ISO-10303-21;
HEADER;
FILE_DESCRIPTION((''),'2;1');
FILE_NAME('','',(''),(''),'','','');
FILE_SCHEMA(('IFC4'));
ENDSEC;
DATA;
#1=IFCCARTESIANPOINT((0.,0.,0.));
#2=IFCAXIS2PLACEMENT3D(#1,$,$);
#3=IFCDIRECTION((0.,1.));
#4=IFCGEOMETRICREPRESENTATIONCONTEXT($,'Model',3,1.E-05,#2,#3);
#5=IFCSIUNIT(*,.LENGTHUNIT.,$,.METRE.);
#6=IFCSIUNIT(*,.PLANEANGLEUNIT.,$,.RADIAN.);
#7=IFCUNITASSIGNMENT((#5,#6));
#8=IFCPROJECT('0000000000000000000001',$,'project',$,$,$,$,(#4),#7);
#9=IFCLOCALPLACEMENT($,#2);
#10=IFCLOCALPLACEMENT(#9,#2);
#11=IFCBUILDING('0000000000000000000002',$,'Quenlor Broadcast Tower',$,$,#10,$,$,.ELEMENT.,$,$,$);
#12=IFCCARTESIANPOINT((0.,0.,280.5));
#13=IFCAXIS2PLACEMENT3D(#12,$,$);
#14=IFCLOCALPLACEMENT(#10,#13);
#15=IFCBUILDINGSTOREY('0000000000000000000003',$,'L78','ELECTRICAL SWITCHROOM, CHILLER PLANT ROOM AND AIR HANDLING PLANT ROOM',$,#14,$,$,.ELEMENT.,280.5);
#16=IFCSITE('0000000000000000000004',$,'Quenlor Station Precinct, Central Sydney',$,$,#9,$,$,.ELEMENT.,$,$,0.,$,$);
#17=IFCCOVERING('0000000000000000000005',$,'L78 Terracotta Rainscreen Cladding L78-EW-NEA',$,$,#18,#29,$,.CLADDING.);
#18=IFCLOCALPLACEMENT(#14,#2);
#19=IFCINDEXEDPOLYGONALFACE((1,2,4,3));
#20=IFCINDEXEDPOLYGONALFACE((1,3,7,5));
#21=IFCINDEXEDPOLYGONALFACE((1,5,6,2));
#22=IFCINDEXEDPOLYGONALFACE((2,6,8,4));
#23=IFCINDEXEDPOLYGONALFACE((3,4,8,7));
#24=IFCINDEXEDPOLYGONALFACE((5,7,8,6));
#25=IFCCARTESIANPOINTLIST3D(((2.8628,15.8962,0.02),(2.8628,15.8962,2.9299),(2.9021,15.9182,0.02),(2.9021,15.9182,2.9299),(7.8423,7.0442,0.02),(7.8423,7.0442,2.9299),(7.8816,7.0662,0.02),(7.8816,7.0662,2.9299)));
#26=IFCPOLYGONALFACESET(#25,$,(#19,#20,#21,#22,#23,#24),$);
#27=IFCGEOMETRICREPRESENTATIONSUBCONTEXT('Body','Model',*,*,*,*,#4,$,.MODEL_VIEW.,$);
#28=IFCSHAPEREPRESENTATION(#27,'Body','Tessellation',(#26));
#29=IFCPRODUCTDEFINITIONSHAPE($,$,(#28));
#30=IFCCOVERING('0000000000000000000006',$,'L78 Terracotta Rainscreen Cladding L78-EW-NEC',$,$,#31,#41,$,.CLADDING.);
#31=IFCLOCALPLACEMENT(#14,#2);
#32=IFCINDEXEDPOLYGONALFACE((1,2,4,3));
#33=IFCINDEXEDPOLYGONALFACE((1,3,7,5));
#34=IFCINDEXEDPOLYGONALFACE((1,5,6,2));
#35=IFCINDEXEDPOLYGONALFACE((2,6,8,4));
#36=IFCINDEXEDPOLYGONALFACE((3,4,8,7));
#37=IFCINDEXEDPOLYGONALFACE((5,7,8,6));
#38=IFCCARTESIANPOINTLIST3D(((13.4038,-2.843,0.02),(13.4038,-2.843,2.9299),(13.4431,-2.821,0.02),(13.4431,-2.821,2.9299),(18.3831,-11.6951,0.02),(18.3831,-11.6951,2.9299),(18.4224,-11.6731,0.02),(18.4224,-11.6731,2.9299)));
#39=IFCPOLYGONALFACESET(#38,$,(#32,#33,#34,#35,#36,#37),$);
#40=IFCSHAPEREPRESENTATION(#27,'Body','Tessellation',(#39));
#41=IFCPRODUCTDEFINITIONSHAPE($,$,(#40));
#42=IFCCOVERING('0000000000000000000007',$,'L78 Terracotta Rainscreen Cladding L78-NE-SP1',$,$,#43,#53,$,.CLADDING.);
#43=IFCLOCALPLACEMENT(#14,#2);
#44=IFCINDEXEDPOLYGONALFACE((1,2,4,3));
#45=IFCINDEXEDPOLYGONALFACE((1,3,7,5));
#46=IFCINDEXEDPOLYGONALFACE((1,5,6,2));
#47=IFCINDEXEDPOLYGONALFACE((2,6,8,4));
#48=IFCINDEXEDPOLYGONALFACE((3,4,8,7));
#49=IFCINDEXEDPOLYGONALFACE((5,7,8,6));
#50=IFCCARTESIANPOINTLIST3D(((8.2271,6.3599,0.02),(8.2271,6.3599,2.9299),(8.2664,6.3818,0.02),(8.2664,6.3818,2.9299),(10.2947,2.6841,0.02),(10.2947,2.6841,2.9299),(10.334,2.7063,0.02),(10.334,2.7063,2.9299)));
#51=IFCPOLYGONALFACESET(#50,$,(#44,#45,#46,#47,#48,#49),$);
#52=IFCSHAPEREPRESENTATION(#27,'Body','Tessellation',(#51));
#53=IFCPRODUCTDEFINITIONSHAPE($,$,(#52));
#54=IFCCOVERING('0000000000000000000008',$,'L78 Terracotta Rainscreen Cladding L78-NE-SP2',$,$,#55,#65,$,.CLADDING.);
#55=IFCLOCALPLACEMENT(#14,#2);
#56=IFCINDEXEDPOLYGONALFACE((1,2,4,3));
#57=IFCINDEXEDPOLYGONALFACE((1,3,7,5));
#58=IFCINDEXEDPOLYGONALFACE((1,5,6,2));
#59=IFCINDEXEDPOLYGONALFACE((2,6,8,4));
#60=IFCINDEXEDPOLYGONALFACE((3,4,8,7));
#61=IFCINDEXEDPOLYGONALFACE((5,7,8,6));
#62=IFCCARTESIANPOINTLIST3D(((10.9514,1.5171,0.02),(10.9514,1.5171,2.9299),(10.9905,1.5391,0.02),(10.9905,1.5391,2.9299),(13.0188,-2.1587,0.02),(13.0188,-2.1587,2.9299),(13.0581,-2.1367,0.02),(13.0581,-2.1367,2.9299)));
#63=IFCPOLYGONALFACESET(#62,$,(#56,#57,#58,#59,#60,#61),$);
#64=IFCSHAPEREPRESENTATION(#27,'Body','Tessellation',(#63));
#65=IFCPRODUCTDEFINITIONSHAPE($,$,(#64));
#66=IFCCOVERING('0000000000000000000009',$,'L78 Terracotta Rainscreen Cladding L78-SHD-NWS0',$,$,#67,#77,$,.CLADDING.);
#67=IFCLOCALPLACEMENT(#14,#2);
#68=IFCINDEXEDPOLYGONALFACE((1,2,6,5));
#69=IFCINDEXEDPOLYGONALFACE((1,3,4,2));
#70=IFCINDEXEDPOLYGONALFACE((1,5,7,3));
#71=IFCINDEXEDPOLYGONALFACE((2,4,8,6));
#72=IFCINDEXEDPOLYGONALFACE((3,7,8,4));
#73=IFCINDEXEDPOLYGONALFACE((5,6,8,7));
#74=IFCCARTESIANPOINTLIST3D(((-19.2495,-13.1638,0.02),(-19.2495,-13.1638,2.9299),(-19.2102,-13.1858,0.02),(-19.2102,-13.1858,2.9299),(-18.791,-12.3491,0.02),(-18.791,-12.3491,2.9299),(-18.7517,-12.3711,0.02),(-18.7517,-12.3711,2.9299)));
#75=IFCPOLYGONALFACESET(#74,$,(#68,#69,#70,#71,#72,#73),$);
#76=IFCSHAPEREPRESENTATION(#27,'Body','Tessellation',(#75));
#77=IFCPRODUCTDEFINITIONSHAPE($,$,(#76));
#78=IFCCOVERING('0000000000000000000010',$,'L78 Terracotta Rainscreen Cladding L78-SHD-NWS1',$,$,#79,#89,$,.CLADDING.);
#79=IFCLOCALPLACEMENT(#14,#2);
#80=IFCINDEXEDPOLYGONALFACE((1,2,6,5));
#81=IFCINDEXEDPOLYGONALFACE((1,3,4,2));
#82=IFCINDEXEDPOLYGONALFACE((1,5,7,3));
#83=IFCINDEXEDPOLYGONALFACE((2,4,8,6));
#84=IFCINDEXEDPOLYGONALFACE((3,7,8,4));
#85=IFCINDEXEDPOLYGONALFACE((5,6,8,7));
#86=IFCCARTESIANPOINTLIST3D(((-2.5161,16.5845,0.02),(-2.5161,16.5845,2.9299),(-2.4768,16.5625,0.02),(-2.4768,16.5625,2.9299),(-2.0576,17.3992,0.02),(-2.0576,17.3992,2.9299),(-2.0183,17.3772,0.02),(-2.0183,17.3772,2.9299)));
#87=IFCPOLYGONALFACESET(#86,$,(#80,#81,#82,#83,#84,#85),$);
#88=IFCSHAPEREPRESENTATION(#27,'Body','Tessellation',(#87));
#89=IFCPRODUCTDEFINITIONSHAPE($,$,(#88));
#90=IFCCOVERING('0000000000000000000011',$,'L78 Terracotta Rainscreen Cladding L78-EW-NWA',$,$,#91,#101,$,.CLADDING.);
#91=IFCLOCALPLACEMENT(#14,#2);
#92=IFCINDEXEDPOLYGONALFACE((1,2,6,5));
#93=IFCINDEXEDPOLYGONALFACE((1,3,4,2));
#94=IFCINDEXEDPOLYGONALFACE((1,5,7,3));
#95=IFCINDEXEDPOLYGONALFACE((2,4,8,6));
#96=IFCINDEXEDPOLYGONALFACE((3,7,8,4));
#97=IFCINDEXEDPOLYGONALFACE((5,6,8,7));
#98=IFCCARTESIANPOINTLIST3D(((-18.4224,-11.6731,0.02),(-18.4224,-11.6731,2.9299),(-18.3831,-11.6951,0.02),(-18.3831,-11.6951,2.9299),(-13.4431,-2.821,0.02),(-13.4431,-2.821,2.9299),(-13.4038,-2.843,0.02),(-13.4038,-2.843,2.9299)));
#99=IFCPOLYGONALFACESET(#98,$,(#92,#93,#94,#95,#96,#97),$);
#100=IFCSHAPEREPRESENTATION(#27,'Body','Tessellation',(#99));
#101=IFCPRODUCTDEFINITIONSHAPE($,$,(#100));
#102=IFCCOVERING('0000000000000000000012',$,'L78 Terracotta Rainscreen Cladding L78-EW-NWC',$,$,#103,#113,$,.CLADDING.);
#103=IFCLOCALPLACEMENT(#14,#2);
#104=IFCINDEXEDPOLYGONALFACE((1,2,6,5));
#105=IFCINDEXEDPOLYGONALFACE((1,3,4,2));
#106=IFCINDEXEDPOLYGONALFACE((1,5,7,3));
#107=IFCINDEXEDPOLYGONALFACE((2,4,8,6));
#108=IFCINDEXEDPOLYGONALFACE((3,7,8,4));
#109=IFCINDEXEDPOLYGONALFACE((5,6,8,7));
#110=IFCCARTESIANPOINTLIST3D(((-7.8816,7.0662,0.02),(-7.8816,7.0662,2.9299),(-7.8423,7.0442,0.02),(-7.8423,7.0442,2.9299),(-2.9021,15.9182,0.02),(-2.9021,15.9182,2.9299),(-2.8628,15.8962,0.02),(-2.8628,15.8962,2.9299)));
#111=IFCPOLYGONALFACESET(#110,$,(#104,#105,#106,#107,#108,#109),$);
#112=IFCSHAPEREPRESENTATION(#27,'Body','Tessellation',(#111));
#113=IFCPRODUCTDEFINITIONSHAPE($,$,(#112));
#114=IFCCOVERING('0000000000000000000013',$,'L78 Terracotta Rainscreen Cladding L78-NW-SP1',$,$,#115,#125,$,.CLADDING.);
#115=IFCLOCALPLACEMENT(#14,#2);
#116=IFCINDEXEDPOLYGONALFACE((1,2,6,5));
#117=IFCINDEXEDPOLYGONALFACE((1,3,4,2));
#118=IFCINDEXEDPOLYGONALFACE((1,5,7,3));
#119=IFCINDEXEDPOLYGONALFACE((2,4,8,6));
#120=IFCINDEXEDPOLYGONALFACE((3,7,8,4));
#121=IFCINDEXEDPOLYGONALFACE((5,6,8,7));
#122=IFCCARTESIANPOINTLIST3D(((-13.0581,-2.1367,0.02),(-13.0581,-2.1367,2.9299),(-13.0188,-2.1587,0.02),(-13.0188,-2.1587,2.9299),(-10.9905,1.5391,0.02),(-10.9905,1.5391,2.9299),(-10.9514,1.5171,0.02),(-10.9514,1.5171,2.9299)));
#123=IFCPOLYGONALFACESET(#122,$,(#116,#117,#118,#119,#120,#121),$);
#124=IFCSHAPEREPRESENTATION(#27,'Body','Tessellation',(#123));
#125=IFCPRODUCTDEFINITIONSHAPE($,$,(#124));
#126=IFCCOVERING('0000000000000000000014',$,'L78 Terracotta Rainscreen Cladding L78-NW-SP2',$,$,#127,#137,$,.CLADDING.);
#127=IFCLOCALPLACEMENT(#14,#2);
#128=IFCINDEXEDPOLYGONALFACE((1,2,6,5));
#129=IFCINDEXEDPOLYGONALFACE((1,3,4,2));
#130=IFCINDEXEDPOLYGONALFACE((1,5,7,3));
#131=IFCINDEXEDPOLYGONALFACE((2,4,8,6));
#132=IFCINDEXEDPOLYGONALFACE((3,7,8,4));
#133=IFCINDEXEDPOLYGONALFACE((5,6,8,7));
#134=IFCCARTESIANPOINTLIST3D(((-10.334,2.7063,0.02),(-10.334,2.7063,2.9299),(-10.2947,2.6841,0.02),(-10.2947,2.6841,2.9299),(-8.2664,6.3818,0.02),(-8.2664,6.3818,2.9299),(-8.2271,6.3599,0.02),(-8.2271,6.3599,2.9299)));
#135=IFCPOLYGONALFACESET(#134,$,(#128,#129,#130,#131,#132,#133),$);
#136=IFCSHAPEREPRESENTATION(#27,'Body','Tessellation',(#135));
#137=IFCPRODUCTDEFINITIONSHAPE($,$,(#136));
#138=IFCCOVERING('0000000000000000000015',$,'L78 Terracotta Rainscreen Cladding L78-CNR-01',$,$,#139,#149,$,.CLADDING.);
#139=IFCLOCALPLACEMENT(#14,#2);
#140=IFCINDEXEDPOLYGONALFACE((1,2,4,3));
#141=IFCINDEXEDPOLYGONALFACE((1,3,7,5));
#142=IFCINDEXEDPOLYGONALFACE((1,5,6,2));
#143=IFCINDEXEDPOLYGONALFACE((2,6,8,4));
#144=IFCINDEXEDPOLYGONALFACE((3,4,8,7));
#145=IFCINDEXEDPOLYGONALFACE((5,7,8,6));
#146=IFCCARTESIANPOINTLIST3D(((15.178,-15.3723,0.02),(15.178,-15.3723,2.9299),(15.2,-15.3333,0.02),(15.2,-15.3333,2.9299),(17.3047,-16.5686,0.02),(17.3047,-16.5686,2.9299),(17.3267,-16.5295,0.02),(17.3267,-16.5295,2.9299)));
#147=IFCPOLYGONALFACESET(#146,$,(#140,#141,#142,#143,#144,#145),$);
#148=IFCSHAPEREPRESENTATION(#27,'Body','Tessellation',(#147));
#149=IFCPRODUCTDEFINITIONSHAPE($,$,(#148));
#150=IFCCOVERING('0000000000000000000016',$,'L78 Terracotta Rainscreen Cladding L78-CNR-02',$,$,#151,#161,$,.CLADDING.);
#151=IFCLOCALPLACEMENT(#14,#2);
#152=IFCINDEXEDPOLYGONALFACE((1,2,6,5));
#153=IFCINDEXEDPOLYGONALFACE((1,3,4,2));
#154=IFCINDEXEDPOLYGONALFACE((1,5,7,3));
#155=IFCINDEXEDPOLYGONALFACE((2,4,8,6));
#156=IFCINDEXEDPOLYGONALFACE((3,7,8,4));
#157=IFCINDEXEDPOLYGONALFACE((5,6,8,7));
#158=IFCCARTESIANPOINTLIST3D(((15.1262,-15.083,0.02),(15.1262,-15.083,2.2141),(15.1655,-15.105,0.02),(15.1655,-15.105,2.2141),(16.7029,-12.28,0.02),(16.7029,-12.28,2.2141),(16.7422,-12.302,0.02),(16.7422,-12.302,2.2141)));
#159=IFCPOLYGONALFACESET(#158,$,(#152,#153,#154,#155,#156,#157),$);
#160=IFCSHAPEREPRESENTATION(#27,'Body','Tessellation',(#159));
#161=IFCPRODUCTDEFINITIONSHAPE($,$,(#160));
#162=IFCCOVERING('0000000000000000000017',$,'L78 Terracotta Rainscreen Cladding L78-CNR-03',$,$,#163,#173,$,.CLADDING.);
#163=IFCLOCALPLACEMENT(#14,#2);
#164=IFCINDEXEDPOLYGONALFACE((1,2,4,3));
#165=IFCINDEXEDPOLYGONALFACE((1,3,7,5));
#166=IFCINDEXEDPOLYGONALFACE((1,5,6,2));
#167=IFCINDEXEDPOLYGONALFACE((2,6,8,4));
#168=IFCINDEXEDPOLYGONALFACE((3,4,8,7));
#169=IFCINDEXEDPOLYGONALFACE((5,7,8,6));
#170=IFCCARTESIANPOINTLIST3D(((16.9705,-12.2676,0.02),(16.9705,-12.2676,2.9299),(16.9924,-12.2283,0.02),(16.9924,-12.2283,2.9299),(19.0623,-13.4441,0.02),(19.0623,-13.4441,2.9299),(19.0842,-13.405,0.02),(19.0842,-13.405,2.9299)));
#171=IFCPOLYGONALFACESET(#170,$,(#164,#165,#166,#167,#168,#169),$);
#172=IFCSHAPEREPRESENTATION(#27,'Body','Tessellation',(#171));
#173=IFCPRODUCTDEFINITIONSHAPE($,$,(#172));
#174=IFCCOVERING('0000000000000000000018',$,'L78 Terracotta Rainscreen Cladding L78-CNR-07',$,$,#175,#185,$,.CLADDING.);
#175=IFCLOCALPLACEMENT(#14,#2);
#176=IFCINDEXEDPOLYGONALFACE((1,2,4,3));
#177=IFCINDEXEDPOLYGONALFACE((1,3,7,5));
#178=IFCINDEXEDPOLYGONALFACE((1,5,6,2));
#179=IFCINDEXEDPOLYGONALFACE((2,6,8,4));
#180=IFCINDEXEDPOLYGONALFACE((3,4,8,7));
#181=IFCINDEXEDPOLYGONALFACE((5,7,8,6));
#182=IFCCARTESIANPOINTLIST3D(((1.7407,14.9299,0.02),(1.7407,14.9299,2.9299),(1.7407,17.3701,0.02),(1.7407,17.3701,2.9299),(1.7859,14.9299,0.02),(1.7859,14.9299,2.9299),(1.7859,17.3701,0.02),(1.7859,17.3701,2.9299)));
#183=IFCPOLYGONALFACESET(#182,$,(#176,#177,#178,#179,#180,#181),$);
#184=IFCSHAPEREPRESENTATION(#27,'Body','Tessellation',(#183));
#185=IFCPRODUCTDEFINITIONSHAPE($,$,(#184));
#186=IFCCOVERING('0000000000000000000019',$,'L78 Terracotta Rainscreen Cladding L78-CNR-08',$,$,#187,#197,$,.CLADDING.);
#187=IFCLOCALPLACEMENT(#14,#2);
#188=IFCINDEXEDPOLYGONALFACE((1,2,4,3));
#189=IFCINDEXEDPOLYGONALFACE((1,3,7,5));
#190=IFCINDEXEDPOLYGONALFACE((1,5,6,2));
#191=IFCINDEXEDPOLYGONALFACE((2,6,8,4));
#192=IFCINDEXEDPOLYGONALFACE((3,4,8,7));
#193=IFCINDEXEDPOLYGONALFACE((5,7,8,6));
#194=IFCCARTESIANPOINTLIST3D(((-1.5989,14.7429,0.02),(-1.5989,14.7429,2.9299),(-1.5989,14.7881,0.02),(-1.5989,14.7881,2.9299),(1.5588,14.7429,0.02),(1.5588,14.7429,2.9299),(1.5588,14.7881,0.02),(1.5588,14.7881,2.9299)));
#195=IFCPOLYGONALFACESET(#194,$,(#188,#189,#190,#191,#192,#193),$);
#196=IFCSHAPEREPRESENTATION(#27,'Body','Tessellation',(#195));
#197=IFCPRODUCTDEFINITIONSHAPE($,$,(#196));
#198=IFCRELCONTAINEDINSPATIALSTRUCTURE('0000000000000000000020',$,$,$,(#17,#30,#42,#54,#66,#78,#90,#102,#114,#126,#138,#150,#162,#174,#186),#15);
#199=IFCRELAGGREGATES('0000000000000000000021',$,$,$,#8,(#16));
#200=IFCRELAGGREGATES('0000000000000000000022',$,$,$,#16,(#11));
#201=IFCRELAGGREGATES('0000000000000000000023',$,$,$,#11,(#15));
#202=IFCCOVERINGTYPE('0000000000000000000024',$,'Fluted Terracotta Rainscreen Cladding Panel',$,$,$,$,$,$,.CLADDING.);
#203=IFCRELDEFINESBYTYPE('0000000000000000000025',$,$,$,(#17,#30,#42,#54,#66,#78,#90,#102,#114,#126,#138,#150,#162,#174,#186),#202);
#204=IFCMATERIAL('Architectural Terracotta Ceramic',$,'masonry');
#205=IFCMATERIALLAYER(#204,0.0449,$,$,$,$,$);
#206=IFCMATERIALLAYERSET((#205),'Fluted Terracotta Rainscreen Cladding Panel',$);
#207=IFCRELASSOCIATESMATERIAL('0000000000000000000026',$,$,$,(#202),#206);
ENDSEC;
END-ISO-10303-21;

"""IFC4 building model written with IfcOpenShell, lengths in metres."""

from ifc_helpers import new_model, si_unit, direction, frame, origin, place, context, subcontext, project, spatial, polyline, outline, extrude, material, layer, layer_set, type_object, element, save


model = new_model("IFC4")

# Units and contexts
model_context = context("Model", 3, precision=1e-05, world=origin(), true_north=direction((0.0, 1.0)))
body_context = subcontext(model_context, "Body", "Model", "MODEL_VIEW")
ifc_project = project(units=[si_unit("LENGTHUNIT", "METRE"), si_unit("PLANEANGLEUNIT", "RADIAN")], contexts=[model_context])

# Site, building, storey
site_placement = place(None, origin())
site = spatial("IfcSite", under=ifc_project, at=site_placement, Name="Quenlor Station Precinct, Central Sydney", CompositionType="ELEMENT", RefElevation=0.0)
building_placement = place(site_placement, origin())
building = spatial("IfcBuilding", under=site, at=building_placement, Name="Quenlor Broadcast Tower", CompositionType="ELEMENT")
storey_placement = place(building_placement, frame((0.0, 0.0, 280.5)))
storey = spatial("IfcBuildingStorey", under=building, at=storey_placement, Name="L78", Description="ELECTRICAL SWITCHROOM, CHILLER PLANT ROOM AND AIR HANDLING PLANT ROOM", CompositionType="ELEMENT", Elevation=280.5)

# Coverings
ifc_material = material(Name="Architectural Terracotta Ceramic", Category="masonry")
ifc_layer = layer(ifc_material, 0.0449)
ifc_layer_set = layer_set([ifc_layer], Name="Fluted Terracotta Rainscreen Cladding Panel")
covering_type = type_object("IfcCoveringType", Name="Fluted Terracotta Rainscreen Cladding Panel", PredefinedType="CLADDING", material=ifc_layer_set)
covering_1_placement = place(storey_placement, frame((0.0, 0.0, 0.02)))
element("IfcCovering", 1, at=covering_1_placement, inside=storey, type_object=covering_type, Name="L78 Terracotta Rainscreen Cladding L78-EW-NEA", PredefinedType="CLADDING", context=body_context, shape_type="SweptSolid", body=[
    extrude(outline(polyline([(2.8628, 15.8962), (7.8423, 7.0442), (7.8816, 7.0662), (2.9021, 15.9182), (2.8628, 15.8962)])), origin(), (0.0, 0.0, 1.0), 2.9099),
])
covering_2_placement = place(storey_placement, frame((0.0, 0.0, 0.02)))
element("IfcCovering", 2, at=covering_2_placement, inside=storey, type_object=covering_type, Name="L78 Terracotta Rainscreen Cladding L78-EW-NEC", PredefinedType="CLADDING", context=body_context, shape_type="SweptSolid", body=[
    extrude(outline(polyline([(13.4038, -2.843), (18.3831, -11.6951), (18.4224, -11.6731), (13.4431, -2.821), (13.4038, -2.843)])), origin(), (0.0, 0.0, 1.0), 2.9099),
])
covering_3_placement = place(storey_placement, frame((0.0, 0.0, 0.02)))
element("IfcCovering", 3, at=covering_3_placement, inside=storey, type_object=covering_type, Name="L78 Terracotta Rainscreen Cladding L78-NE-SP1", PredefinedType="CLADDING", context=body_context, shape_type="SweptSolid", body=[
    extrude(outline(polyline([(8.2271, 6.3599), (10.2947, 2.6841), (10.334, 2.7063), (8.2664, 6.3818), (8.2271, 6.3599)])), origin(), (0.0, 0.0, 1.0), 2.9099),
])
covering_4_placement = place(storey_placement, frame((0.0, 0.0, 0.02)))
element("IfcCovering", 4, at=covering_4_placement, inside=storey, type_object=covering_type, Name="L78 Terracotta Rainscreen Cladding L78-NE-SP2", PredefinedType="CLADDING", context=body_context, shape_type="SweptSolid", body=[
    extrude(outline(polyline([(10.9514, 1.5171), (13.0188, -2.1587), (13.0581, -2.1367), (10.9905, 1.5391), (10.9514, 1.5171)])), origin(), (0.0, 0.0, 1.0), 2.9099),
])
covering_5_placement = place(storey_placement, frame((0.0, 0.0, 0.02)))
element("IfcCovering", 5, at=covering_5_placement, inside=storey, type_object=covering_type, Name="L78 Terracotta Rainscreen Cladding L78-SHD-NWS0", PredefinedType="CLADDING", context=body_context, shape_type="SweptSolid", body=[
    extrude(outline(polyline([(-19.2102, -13.1858), (-18.7517, -12.3711), (-18.791, -12.3491), (-19.2495, -13.1638), (-19.2102, -13.1858)])), origin(), (0.0, 0.0, 1.0), 2.9099),
])
covering_6_placement = place(storey_placement, frame((0.0, 0.0, 0.02)))
element("IfcCovering", 6, at=covering_6_placement, inside=storey, type_object=covering_type, Name="L78 Terracotta Rainscreen Cladding L78-SHD-NWS1", PredefinedType="CLADDING", context=body_context, shape_type="SweptSolid", body=[
    extrude(outline(polyline([(-2.4768, 16.5625), (-2.0183, 17.3772), (-2.0576, 17.3992), (-2.5161, 16.5845), (-2.4768, 16.5625)])), origin(), (0.0, 0.0, 1.0), 2.9099),
])
covering_7_placement = place(storey_placement, frame((0.0, 0.0, 0.02)))
element("IfcCovering", 7, at=covering_7_placement, inside=storey, type_object=covering_type, Name="L78 Terracotta Rainscreen Cladding L78-EW-NWA", PredefinedType="CLADDING", context=body_context, shape_type="SweptSolid", body=[
    extrude(outline(polyline([(-18.3831, -11.6951), (-13.4038, -2.843), (-13.4431, -2.821), (-18.4224, -11.6731), (-18.3831, -11.6951)])), origin(), (0.0, 0.0, 1.0), 2.9099),
])
covering_8_placement = place(storey_placement, frame((0.0, 0.0, 0.02)))
element("IfcCovering", 8, at=covering_8_placement, inside=storey, type_object=covering_type, Name="L78 Terracotta Rainscreen Cladding L78-EW-NWC", PredefinedType="CLADDING", context=body_context, shape_type="SweptSolid", body=[
    extrude(outline(polyline([(-7.8423, 7.0442), (-2.8628, 15.8962), (-2.9021, 15.9182), (-7.8816, 7.0662), (-7.8423, 7.0442)])), origin(), (0.0, 0.0, 1.0), 2.9099),
])
covering_9_placement = place(storey_placement, frame((0.0, 0.0, 0.02)))
element("IfcCovering", 9, at=covering_9_placement, inside=storey, type_object=covering_type, Name="L78 Terracotta Rainscreen Cladding L78-NW-SP1", PredefinedType="CLADDING", context=body_context, shape_type="SweptSolid", body=[
    extrude(outline(polyline([(-13.0188, -2.1587), (-10.9514, 1.5171), (-10.9905, 1.5391), (-13.0581, -2.1367), (-13.0188, -2.1587)])), origin(), (0.0, 0.0, 1.0), 2.9099),
])
covering_10_placement = place(storey_placement, frame((0.0, 0.0, 0.02)))
element("IfcCovering", 10, at=covering_10_placement, inside=storey, type_object=covering_type, Name="L78 Terracotta Rainscreen Cladding L78-NW-SP2", PredefinedType="CLADDING", context=body_context, shape_type="SweptSolid", body=[
    extrude(outline(polyline([(-10.2947, 2.6841), (-8.2271, 6.3599), (-8.2664, 6.3818), (-10.334, 2.7063), (-10.2947, 2.6841)])), origin(), (0.0, 0.0, 1.0), 2.9099),
])
covering_11_placement = place(storey_placement, frame((0.0, 0.0, 0.02)))
element("IfcCovering", 11, at=covering_11_placement, inside=storey, type_object=covering_type, Name="L78 Terracotta Rainscreen Cladding L78-CNR-01", PredefinedType="CLADDING", context=body_context, shape_type="SweptSolid", body=[
    extrude(outline(polyline([(17.3267, -16.5295), (15.2, -15.3333), (15.178, -15.3723), (17.3047, -16.5686), (17.3267, -16.5295)])), origin(), (0.0, 0.0, 1.0), 2.9099),
])
covering_12_placement = place(storey_placement, frame((0.0, 0.0, 0.02)))
element("IfcCovering", 12, at=covering_12_placement, inside=storey, type_object=covering_type, Name="L78 Terracotta Rainscreen Cladding L78-CNR-02", PredefinedType="CLADDING", context=body_context, shape_type="SweptSolid", body=[
    extrude(outline(polyline([(15.1655, -15.105), (16.7422, -12.302), (16.7029, -12.28), (15.1262, -15.083), (15.1655, -15.105)])), origin(), (0.0, 0.0, 1.0), 2.1941),
])
covering_13_placement = place(storey_placement, frame((0.0, 0.0, 0.02)))
element("IfcCovering", 13, at=covering_13_placement, inside=storey, type_object=covering_type, Name="L78 Terracotta Rainscreen Cladding L78-CNR-03", PredefinedType="CLADDING", context=body_context, shape_type="SweptSolid", body=[
    extrude(outline(polyline([(16.9705, -12.2676), (19.0623, -13.4441), (19.0842, -13.405), (16.9924, -12.2283), (16.9705, -12.2676)])), origin(), (0.0, 0.0, 1.0), 2.9099),
])
covering_14_placement = place(storey_placement, frame((0.0, 0.0, 0.02)))
element("IfcCovering", 14, at=covering_14_placement, inside=storey, type_object=covering_type, Name="L78 Terracotta Rainscreen Cladding L78-CNR-07", PredefinedType="CLADDING", context=body_context, shape_type="SweptSolid", body=[
    extrude(outline(polyline([(1.7407, 17.3701), (1.7407, 14.9299), (1.7859, 14.9299), (1.7859, 17.3701), (1.7407, 17.3701)])), origin(), (0.0, 0.0, 1.0), 2.9099),
])
covering_15_placement = place(storey_placement, frame((0.0, 0.0, 0.02)))
element("IfcCovering", 15, at=covering_15_placement, inside=storey, type_object=covering_type, Name="L78 Terracotta Rainscreen Cladding L78-CNR-08", PredefinedType="CLADDING", context=body_context, shape_type="SweptSolid", body=[
    extrude(outline(polyline([(1.5588, 14.7881), (-1.5989, 14.7881), (-1.5989, 14.7429), (1.5588, 14.7429), (1.5588, 14.7881)])), origin(), (0.0, 0.0, 1.0), 2.9099),
])

save(model, "model.ifc")
